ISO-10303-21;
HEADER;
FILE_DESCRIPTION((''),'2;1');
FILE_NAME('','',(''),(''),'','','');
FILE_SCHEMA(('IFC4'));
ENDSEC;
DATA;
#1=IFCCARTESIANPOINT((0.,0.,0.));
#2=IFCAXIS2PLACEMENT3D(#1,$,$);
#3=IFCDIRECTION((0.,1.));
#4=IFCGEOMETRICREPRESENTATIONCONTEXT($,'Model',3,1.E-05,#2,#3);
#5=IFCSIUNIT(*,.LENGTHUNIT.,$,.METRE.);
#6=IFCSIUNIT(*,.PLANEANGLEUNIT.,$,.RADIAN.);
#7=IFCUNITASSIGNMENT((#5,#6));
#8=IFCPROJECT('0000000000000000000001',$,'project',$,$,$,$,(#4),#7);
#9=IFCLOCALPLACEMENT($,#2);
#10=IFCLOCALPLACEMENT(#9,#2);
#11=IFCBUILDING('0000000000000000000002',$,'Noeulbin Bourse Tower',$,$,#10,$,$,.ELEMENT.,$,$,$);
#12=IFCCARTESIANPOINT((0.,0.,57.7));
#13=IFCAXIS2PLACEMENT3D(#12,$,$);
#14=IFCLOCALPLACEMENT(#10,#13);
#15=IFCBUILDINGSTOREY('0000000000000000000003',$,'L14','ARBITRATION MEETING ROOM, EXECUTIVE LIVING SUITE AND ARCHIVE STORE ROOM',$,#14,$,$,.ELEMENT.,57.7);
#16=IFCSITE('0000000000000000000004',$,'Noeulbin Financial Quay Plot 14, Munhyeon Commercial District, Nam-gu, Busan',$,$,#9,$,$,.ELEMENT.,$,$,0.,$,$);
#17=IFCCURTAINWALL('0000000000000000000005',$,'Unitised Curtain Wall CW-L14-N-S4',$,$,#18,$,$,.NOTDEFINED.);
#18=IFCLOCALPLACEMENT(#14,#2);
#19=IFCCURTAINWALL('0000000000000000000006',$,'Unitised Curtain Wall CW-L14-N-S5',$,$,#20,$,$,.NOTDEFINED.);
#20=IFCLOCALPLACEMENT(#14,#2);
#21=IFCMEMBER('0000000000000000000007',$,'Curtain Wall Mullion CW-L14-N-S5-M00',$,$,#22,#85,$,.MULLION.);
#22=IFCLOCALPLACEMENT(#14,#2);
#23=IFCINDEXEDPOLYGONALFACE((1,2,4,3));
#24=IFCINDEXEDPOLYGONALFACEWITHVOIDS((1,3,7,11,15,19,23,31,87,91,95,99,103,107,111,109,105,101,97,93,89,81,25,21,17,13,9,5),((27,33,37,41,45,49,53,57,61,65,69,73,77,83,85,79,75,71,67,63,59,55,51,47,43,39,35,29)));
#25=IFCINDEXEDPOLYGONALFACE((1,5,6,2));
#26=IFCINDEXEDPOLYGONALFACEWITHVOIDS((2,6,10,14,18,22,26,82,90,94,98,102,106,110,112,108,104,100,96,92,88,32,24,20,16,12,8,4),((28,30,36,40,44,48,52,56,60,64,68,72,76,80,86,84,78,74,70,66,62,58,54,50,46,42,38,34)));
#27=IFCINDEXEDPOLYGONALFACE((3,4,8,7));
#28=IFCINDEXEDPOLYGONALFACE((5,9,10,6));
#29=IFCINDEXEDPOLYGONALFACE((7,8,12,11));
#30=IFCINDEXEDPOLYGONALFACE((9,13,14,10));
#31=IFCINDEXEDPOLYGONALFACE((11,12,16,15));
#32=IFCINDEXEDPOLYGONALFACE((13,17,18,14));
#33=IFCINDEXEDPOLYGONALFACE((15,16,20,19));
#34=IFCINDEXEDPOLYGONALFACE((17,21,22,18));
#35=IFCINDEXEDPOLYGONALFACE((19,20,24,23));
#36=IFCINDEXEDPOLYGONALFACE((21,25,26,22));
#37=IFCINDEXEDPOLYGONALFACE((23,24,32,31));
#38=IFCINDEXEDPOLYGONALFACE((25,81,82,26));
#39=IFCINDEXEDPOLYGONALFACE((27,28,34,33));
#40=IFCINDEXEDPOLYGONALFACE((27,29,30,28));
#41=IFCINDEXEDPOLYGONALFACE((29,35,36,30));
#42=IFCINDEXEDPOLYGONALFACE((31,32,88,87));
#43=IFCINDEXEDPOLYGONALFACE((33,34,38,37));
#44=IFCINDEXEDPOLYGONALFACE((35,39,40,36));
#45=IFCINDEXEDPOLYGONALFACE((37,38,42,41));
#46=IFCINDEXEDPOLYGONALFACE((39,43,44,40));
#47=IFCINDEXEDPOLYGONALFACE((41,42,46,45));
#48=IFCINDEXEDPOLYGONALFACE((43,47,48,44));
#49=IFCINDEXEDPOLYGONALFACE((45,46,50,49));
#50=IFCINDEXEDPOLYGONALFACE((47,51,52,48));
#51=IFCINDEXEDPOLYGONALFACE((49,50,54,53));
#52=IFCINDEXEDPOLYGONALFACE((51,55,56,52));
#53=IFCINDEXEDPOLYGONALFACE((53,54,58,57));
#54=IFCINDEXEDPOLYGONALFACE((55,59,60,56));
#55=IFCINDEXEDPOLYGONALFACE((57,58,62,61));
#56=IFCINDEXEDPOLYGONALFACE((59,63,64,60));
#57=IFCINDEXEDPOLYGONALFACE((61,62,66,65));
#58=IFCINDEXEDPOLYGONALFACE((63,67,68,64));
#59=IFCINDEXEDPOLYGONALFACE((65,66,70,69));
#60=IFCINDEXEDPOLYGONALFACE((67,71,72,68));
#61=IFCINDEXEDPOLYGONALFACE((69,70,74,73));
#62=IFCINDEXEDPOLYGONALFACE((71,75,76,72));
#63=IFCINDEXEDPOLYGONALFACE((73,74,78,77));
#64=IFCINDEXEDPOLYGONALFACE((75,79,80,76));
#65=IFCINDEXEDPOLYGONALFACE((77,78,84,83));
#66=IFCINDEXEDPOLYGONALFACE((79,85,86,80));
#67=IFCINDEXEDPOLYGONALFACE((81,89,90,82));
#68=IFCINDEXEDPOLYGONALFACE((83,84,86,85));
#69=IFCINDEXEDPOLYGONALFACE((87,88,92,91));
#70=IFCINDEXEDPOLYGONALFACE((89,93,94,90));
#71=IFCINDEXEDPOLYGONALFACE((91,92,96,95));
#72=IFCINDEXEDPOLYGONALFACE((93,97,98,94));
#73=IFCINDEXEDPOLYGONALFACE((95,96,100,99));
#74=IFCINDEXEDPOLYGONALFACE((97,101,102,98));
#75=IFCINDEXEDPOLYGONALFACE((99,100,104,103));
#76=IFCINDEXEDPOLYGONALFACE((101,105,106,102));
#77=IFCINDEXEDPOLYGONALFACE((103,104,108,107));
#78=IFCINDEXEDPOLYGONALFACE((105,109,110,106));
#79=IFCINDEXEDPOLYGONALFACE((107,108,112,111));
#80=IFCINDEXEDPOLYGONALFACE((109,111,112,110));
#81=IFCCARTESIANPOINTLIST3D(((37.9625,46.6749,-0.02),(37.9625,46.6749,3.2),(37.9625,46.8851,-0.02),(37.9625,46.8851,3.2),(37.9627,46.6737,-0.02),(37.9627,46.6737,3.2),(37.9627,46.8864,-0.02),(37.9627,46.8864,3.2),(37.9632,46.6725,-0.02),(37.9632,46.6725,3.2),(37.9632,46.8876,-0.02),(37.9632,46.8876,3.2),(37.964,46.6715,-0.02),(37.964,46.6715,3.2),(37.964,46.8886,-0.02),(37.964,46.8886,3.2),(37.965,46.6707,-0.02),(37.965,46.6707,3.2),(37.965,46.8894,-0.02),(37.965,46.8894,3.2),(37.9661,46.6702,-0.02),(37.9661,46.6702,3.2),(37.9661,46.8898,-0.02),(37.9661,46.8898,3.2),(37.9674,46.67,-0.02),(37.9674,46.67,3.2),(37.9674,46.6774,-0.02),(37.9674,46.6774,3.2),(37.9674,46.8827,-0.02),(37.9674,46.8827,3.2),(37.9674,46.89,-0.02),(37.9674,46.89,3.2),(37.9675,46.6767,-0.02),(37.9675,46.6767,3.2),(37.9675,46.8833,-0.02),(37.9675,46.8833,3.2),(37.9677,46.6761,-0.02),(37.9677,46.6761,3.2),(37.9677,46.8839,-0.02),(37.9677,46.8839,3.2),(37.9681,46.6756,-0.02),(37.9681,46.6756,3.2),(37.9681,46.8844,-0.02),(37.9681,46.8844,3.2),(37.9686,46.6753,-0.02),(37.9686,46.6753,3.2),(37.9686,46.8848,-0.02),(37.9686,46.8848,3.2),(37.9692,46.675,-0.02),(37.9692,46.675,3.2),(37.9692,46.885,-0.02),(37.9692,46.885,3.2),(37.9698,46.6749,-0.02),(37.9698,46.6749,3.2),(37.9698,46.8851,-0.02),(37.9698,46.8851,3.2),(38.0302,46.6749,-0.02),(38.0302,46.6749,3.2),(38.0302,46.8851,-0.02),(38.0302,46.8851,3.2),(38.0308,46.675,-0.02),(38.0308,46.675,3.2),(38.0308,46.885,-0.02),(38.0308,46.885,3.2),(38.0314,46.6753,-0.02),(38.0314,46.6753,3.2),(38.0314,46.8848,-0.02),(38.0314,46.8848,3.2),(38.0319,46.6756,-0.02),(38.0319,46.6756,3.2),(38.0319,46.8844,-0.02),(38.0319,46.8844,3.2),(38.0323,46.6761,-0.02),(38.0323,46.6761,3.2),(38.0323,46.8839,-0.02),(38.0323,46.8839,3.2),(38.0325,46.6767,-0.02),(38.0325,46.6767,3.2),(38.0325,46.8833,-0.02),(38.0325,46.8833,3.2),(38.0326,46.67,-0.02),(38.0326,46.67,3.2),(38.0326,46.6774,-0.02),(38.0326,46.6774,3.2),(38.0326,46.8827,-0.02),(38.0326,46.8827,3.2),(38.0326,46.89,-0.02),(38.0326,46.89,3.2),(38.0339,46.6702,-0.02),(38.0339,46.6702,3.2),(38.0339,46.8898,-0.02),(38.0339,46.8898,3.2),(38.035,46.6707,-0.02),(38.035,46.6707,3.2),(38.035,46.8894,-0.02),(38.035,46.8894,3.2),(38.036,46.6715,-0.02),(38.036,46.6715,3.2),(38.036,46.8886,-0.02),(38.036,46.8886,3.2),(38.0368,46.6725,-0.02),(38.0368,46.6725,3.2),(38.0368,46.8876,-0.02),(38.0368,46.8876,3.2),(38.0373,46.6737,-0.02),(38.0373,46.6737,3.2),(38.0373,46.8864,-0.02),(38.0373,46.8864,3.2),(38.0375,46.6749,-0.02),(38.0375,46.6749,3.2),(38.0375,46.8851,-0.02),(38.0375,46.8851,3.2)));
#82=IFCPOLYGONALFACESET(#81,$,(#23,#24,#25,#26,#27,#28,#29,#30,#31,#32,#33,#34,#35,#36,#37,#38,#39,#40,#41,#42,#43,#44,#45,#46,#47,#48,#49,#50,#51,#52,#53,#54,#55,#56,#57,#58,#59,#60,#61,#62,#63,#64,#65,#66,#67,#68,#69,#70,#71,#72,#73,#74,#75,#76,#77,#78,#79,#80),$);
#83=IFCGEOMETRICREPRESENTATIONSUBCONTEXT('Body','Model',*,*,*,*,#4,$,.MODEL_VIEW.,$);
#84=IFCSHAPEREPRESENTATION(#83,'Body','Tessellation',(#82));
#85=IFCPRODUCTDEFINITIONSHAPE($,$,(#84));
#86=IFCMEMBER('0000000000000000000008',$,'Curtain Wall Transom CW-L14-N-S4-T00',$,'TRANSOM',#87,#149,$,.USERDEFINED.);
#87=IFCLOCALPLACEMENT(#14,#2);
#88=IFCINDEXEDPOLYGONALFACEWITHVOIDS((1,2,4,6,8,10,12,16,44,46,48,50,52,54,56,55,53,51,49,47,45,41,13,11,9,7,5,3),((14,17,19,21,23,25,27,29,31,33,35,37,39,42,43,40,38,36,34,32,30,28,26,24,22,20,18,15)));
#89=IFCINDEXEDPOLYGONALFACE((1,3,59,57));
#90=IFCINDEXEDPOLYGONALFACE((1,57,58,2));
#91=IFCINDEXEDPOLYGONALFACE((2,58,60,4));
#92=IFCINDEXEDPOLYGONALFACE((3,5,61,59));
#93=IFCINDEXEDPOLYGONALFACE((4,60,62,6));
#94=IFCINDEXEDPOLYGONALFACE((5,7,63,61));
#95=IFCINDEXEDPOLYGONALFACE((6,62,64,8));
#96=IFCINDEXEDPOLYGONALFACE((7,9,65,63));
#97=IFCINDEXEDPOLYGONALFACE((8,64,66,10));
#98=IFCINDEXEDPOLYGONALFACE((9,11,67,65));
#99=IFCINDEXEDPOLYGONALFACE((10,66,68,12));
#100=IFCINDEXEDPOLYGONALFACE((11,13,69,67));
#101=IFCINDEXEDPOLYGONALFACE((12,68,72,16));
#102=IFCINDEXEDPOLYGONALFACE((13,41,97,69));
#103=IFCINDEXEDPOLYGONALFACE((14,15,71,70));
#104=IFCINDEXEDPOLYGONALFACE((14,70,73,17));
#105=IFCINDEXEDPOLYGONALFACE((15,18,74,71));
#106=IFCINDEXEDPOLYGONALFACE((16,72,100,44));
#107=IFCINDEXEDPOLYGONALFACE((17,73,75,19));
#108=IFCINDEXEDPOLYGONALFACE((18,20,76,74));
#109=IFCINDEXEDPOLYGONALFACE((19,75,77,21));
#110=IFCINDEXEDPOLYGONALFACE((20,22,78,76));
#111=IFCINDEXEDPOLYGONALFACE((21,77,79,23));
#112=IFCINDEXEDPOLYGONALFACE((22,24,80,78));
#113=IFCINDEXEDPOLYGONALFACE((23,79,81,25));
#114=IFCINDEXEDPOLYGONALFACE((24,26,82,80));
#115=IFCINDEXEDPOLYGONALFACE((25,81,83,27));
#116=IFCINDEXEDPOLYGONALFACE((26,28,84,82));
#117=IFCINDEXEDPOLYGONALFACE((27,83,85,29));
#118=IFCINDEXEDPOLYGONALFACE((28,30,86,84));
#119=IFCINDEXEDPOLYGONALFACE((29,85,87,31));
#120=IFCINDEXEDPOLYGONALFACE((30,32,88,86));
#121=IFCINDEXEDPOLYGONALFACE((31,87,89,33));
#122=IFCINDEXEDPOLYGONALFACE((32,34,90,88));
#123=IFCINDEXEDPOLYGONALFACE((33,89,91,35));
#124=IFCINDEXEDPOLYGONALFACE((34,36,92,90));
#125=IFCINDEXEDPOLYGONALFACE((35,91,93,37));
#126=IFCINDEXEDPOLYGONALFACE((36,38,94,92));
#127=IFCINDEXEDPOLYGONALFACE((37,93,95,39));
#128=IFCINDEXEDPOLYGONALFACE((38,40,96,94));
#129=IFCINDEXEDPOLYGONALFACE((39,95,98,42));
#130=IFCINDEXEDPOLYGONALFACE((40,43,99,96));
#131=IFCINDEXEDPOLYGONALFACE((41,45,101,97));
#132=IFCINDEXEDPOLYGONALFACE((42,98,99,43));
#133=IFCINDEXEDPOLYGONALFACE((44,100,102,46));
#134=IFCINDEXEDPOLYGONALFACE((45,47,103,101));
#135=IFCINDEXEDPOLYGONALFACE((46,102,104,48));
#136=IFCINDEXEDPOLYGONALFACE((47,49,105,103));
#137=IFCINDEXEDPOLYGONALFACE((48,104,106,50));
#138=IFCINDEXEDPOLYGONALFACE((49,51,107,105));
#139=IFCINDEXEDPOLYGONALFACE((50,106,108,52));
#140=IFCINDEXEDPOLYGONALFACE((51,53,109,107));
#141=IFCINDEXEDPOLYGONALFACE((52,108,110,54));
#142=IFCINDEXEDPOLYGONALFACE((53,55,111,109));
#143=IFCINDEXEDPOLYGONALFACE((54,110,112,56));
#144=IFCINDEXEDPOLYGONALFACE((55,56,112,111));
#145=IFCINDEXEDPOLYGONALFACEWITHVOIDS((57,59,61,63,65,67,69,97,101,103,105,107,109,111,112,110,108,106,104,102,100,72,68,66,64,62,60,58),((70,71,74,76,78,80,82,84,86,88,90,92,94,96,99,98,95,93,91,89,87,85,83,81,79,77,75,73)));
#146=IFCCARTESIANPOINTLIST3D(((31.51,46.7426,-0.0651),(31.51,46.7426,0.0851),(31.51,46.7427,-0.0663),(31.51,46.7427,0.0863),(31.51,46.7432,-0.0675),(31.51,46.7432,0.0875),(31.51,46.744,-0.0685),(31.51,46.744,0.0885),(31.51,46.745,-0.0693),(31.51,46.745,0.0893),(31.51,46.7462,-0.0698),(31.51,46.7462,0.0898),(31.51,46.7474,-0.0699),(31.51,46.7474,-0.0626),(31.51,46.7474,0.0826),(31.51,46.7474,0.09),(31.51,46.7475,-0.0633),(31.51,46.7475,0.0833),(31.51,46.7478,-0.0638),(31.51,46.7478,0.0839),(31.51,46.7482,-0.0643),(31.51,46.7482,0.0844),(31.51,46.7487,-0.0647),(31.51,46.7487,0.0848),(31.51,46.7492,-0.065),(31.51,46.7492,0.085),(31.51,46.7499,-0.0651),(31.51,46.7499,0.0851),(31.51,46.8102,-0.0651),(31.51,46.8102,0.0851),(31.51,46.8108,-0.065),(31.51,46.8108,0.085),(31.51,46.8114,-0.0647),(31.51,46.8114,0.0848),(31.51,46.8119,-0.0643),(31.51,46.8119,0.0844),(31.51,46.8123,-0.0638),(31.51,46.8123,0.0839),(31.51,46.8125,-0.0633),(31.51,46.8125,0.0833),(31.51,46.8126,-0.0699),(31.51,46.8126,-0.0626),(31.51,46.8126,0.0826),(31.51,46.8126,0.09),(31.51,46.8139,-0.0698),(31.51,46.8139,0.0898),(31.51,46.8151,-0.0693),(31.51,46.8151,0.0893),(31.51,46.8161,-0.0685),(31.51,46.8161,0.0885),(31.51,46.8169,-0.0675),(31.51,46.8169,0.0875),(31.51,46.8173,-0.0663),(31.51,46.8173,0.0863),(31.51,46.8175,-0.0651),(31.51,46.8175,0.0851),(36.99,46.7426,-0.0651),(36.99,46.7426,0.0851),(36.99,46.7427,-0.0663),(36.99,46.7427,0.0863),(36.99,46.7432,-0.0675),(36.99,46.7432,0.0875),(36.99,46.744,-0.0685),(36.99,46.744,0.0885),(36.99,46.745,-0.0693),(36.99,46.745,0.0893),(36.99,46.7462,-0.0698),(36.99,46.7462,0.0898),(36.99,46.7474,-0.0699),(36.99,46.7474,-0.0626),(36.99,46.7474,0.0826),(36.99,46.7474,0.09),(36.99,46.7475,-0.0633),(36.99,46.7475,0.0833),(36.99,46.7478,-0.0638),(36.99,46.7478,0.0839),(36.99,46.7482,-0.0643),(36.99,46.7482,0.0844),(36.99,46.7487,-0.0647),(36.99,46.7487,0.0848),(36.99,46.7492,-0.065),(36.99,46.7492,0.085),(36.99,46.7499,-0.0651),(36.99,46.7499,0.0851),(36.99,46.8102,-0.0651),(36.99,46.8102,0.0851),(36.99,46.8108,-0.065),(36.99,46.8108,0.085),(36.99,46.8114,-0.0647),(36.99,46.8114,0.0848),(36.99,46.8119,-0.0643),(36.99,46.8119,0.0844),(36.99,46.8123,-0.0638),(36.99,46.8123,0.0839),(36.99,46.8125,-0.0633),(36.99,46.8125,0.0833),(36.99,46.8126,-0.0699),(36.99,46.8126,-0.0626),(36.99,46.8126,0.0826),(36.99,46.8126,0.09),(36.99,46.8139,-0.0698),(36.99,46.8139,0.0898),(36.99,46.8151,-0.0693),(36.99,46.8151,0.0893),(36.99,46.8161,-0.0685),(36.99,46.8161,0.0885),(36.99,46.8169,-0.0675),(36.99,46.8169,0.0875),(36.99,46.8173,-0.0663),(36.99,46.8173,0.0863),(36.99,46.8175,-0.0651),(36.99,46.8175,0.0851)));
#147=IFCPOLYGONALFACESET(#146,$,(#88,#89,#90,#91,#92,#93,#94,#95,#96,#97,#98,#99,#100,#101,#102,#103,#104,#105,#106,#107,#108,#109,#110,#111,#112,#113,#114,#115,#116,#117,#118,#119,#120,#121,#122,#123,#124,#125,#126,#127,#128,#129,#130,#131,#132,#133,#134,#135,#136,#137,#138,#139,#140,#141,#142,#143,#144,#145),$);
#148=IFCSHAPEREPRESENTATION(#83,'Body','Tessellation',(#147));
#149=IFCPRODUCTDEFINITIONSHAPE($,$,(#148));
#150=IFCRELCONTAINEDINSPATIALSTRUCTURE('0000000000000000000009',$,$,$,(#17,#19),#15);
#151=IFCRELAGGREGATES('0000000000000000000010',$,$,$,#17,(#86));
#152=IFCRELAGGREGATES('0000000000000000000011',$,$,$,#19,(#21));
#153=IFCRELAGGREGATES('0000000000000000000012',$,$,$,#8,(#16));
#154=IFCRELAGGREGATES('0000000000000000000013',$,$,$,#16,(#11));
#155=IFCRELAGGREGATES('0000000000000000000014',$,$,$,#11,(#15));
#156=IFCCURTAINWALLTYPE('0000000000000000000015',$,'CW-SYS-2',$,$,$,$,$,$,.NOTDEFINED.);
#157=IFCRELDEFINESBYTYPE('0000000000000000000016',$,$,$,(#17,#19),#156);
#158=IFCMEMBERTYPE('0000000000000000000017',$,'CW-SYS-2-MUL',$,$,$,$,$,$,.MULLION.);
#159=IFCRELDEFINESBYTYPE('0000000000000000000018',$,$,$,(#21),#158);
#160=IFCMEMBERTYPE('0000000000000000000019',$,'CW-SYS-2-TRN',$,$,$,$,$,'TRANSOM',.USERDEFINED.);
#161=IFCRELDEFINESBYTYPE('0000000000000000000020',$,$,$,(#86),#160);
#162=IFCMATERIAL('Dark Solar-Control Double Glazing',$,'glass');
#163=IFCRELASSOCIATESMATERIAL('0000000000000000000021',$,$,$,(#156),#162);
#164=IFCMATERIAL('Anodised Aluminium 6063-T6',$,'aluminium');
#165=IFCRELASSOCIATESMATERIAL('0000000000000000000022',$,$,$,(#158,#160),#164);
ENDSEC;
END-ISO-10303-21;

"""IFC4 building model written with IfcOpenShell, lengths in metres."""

from ifc_helpers import new_model, si_unit, direction, frame, origin, origin_2d, place, context, subcontext, project, spatial, hollow_rectangle, extrude, material, material_profile, profile_set, type_object, element, aggregate, save


model = new_model("IFC4")

# Units and contexts
model_context = context("Model", 3, precision=1e-05, world=origin(), true_north=direction((0.0, 1.0)))
body_context = subcontext(model_context, "Body", "Model", "MODEL_VIEW")
ifc_project = project(units=[si_unit("LENGTHUNIT", "METRE"), si_unit("PLANEANGLEUNIT", "RADIAN")], contexts=[model_context])

# Site, building, storey
site_placement = place(None, origin())
site = spatial("IfcSite", under=ifc_project, at=site_placement, Name="Noeulbin Financial Quay Plot 14, Munhyeon Commercial District, Nam-gu, Busan", CompositionType="ELEMENT", RefElevation=0.0)
building_placement = place(site_placement, origin())
building = spatial("IfcBuilding", under=site, at=building_placement, Name="Noeulbin Bourse Tower", CompositionType="ELEMENT")
storey_placement = place(building_placement, frame((0.0, 0.0, 57.7)))
storey = spatial("IfcBuildingStorey", under=building, at=storey_placement, Name="L14", Description="ARBITRATION MEETING ROOM, EXECUTIVE LIVING SUITE AND ARCHIVE STORE ROOM", CompositionType="ELEMENT", Elevation=57.7)

# Shared definitions
ifc_material_1 = material(Name="Dark Solar-Control Double Glazing", Category="glass")
curtain_wall_type = type_object("IfcCurtainWallType", Name="CW-SYS-2", PredefinedType="NOTDEFINED", material=ifc_material_1)
ifc_material_2 = material(Name="Anodised Aluminium 6063-T6", Category="aluminium")
ifc_material_profile_1 = material_profile(ifc_material_2, hollow_rectangle(XDim=0.075, YDim=0.22, WallThickness=0.0049, InnerFilletRadius=0.0024, OuterFilletRadius=0.0049, at=origin_2d()), Name="ALU-MULL-75x220x5", Category="LoadBearing")
ifc_profile_set_1 = profile_set([ifc_material_profile_1], Name="Anodised Aluminium 6063-T6")
member_type_1 = type_object("IfcMemberType", Name="CW-SYS-2-MUL", PredefinedType="MULLION", material=ifc_profile_set_1)

# Curtain wall
curtain_wall_1_placement = place(storey_placement, origin())
curtain_wall_1 = element("IfcCurtainWall", 1, at=curtain_wall_1_placement, inside=storey, type_object=curtain_wall_type, Name="Unitised Curtain Wall CW-L14-N-S4", PredefinedType="NOTDEFINED")

# Curtain wall, member
curtain_wall_2_placement = place(storey_placement, origin())
curtain_wall_2 = element("IfcCurtainWall", 2, at=curtain_wall_2_placement, inside=storey, type_object=curtain_wall_type, Name="Unitised Curtain Wall CW-L14-N-S5", PredefinedType="NOTDEFINED")
member_1_placement = place(storey_placement, frame((38.0, 46.78, -0.02), z_axis=(0.0, 0.0, 1.0), x_axis=(1.0, 0.0, 0.0)))
member_1 = element("IfcMember", 3, at=member_1_placement, type_object=member_type_1, Name="Curtain Wall Mullion CW-L14-N-S5-M00", PredefinedType="MULLION", context=body_context, shape_type="SweptSolid", body=[
    extrude(hollow_rectangle(XDim=0.075, YDim=0.22, WallThickness=0.0049, InnerFilletRadius=0.0024, OuterFilletRadius=0.0049, at=origin_2d()), origin(), (0.0, 0.0, 1.0), 3.22),
])

# Member
ifc_material_profile_2 = material_profile(ifc_material_2, hollow_rectangle(XDim=0.075, YDim=0.1599, WallThickness=0.0049, InnerFilletRadius=0.0024, OuterFilletRadius=0.0049, at=origin_2d()), Name="ALU-TRAN-75x160x5", Category="LoadBearing")
ifc_profile_set_2 = profile_set([ifc_material_profile_2], Name="Anodised Aluminium 6063-T6")
member_type_2 = type_object("IfcMemberType", Name="CW-SYS-2-TRN", ElementType="TRANSOM", PredefinedType="USERDEFINED", material=ifc_profile_set_2)
member_2_placement = place(storey_placement, frame((31.51, 46.78, 0.01), z_axis=(1.0, 0.0, 0.0), x_axis=(0.0, 1.0, 0.0)))
member_2 = element("IfcMember", 4, at=member_2_placement, type_object=member_type_2, Name="Curtain Wall Transom CW-L14-N-S4-T00", ObjectType="TRANSOM", PredefinedType="USERDEFINED", context=body_context, shape_type="SweptSolid", body=[
    extrude(hollow_rectangle(XDim=0.075, YDim=0.1599, WallThickness=0.0049, InnerFilletRadius=0.0024, OuterFilletRadius=0.0049, at=origin_2d()), origin(), (0.0, 0.0, 1.0), 5.48),
])

aggregate(curtain_wall_1, [member_2])
aggregate(curtain_wall_2, [member_1])

save(model, "model.ifc")
